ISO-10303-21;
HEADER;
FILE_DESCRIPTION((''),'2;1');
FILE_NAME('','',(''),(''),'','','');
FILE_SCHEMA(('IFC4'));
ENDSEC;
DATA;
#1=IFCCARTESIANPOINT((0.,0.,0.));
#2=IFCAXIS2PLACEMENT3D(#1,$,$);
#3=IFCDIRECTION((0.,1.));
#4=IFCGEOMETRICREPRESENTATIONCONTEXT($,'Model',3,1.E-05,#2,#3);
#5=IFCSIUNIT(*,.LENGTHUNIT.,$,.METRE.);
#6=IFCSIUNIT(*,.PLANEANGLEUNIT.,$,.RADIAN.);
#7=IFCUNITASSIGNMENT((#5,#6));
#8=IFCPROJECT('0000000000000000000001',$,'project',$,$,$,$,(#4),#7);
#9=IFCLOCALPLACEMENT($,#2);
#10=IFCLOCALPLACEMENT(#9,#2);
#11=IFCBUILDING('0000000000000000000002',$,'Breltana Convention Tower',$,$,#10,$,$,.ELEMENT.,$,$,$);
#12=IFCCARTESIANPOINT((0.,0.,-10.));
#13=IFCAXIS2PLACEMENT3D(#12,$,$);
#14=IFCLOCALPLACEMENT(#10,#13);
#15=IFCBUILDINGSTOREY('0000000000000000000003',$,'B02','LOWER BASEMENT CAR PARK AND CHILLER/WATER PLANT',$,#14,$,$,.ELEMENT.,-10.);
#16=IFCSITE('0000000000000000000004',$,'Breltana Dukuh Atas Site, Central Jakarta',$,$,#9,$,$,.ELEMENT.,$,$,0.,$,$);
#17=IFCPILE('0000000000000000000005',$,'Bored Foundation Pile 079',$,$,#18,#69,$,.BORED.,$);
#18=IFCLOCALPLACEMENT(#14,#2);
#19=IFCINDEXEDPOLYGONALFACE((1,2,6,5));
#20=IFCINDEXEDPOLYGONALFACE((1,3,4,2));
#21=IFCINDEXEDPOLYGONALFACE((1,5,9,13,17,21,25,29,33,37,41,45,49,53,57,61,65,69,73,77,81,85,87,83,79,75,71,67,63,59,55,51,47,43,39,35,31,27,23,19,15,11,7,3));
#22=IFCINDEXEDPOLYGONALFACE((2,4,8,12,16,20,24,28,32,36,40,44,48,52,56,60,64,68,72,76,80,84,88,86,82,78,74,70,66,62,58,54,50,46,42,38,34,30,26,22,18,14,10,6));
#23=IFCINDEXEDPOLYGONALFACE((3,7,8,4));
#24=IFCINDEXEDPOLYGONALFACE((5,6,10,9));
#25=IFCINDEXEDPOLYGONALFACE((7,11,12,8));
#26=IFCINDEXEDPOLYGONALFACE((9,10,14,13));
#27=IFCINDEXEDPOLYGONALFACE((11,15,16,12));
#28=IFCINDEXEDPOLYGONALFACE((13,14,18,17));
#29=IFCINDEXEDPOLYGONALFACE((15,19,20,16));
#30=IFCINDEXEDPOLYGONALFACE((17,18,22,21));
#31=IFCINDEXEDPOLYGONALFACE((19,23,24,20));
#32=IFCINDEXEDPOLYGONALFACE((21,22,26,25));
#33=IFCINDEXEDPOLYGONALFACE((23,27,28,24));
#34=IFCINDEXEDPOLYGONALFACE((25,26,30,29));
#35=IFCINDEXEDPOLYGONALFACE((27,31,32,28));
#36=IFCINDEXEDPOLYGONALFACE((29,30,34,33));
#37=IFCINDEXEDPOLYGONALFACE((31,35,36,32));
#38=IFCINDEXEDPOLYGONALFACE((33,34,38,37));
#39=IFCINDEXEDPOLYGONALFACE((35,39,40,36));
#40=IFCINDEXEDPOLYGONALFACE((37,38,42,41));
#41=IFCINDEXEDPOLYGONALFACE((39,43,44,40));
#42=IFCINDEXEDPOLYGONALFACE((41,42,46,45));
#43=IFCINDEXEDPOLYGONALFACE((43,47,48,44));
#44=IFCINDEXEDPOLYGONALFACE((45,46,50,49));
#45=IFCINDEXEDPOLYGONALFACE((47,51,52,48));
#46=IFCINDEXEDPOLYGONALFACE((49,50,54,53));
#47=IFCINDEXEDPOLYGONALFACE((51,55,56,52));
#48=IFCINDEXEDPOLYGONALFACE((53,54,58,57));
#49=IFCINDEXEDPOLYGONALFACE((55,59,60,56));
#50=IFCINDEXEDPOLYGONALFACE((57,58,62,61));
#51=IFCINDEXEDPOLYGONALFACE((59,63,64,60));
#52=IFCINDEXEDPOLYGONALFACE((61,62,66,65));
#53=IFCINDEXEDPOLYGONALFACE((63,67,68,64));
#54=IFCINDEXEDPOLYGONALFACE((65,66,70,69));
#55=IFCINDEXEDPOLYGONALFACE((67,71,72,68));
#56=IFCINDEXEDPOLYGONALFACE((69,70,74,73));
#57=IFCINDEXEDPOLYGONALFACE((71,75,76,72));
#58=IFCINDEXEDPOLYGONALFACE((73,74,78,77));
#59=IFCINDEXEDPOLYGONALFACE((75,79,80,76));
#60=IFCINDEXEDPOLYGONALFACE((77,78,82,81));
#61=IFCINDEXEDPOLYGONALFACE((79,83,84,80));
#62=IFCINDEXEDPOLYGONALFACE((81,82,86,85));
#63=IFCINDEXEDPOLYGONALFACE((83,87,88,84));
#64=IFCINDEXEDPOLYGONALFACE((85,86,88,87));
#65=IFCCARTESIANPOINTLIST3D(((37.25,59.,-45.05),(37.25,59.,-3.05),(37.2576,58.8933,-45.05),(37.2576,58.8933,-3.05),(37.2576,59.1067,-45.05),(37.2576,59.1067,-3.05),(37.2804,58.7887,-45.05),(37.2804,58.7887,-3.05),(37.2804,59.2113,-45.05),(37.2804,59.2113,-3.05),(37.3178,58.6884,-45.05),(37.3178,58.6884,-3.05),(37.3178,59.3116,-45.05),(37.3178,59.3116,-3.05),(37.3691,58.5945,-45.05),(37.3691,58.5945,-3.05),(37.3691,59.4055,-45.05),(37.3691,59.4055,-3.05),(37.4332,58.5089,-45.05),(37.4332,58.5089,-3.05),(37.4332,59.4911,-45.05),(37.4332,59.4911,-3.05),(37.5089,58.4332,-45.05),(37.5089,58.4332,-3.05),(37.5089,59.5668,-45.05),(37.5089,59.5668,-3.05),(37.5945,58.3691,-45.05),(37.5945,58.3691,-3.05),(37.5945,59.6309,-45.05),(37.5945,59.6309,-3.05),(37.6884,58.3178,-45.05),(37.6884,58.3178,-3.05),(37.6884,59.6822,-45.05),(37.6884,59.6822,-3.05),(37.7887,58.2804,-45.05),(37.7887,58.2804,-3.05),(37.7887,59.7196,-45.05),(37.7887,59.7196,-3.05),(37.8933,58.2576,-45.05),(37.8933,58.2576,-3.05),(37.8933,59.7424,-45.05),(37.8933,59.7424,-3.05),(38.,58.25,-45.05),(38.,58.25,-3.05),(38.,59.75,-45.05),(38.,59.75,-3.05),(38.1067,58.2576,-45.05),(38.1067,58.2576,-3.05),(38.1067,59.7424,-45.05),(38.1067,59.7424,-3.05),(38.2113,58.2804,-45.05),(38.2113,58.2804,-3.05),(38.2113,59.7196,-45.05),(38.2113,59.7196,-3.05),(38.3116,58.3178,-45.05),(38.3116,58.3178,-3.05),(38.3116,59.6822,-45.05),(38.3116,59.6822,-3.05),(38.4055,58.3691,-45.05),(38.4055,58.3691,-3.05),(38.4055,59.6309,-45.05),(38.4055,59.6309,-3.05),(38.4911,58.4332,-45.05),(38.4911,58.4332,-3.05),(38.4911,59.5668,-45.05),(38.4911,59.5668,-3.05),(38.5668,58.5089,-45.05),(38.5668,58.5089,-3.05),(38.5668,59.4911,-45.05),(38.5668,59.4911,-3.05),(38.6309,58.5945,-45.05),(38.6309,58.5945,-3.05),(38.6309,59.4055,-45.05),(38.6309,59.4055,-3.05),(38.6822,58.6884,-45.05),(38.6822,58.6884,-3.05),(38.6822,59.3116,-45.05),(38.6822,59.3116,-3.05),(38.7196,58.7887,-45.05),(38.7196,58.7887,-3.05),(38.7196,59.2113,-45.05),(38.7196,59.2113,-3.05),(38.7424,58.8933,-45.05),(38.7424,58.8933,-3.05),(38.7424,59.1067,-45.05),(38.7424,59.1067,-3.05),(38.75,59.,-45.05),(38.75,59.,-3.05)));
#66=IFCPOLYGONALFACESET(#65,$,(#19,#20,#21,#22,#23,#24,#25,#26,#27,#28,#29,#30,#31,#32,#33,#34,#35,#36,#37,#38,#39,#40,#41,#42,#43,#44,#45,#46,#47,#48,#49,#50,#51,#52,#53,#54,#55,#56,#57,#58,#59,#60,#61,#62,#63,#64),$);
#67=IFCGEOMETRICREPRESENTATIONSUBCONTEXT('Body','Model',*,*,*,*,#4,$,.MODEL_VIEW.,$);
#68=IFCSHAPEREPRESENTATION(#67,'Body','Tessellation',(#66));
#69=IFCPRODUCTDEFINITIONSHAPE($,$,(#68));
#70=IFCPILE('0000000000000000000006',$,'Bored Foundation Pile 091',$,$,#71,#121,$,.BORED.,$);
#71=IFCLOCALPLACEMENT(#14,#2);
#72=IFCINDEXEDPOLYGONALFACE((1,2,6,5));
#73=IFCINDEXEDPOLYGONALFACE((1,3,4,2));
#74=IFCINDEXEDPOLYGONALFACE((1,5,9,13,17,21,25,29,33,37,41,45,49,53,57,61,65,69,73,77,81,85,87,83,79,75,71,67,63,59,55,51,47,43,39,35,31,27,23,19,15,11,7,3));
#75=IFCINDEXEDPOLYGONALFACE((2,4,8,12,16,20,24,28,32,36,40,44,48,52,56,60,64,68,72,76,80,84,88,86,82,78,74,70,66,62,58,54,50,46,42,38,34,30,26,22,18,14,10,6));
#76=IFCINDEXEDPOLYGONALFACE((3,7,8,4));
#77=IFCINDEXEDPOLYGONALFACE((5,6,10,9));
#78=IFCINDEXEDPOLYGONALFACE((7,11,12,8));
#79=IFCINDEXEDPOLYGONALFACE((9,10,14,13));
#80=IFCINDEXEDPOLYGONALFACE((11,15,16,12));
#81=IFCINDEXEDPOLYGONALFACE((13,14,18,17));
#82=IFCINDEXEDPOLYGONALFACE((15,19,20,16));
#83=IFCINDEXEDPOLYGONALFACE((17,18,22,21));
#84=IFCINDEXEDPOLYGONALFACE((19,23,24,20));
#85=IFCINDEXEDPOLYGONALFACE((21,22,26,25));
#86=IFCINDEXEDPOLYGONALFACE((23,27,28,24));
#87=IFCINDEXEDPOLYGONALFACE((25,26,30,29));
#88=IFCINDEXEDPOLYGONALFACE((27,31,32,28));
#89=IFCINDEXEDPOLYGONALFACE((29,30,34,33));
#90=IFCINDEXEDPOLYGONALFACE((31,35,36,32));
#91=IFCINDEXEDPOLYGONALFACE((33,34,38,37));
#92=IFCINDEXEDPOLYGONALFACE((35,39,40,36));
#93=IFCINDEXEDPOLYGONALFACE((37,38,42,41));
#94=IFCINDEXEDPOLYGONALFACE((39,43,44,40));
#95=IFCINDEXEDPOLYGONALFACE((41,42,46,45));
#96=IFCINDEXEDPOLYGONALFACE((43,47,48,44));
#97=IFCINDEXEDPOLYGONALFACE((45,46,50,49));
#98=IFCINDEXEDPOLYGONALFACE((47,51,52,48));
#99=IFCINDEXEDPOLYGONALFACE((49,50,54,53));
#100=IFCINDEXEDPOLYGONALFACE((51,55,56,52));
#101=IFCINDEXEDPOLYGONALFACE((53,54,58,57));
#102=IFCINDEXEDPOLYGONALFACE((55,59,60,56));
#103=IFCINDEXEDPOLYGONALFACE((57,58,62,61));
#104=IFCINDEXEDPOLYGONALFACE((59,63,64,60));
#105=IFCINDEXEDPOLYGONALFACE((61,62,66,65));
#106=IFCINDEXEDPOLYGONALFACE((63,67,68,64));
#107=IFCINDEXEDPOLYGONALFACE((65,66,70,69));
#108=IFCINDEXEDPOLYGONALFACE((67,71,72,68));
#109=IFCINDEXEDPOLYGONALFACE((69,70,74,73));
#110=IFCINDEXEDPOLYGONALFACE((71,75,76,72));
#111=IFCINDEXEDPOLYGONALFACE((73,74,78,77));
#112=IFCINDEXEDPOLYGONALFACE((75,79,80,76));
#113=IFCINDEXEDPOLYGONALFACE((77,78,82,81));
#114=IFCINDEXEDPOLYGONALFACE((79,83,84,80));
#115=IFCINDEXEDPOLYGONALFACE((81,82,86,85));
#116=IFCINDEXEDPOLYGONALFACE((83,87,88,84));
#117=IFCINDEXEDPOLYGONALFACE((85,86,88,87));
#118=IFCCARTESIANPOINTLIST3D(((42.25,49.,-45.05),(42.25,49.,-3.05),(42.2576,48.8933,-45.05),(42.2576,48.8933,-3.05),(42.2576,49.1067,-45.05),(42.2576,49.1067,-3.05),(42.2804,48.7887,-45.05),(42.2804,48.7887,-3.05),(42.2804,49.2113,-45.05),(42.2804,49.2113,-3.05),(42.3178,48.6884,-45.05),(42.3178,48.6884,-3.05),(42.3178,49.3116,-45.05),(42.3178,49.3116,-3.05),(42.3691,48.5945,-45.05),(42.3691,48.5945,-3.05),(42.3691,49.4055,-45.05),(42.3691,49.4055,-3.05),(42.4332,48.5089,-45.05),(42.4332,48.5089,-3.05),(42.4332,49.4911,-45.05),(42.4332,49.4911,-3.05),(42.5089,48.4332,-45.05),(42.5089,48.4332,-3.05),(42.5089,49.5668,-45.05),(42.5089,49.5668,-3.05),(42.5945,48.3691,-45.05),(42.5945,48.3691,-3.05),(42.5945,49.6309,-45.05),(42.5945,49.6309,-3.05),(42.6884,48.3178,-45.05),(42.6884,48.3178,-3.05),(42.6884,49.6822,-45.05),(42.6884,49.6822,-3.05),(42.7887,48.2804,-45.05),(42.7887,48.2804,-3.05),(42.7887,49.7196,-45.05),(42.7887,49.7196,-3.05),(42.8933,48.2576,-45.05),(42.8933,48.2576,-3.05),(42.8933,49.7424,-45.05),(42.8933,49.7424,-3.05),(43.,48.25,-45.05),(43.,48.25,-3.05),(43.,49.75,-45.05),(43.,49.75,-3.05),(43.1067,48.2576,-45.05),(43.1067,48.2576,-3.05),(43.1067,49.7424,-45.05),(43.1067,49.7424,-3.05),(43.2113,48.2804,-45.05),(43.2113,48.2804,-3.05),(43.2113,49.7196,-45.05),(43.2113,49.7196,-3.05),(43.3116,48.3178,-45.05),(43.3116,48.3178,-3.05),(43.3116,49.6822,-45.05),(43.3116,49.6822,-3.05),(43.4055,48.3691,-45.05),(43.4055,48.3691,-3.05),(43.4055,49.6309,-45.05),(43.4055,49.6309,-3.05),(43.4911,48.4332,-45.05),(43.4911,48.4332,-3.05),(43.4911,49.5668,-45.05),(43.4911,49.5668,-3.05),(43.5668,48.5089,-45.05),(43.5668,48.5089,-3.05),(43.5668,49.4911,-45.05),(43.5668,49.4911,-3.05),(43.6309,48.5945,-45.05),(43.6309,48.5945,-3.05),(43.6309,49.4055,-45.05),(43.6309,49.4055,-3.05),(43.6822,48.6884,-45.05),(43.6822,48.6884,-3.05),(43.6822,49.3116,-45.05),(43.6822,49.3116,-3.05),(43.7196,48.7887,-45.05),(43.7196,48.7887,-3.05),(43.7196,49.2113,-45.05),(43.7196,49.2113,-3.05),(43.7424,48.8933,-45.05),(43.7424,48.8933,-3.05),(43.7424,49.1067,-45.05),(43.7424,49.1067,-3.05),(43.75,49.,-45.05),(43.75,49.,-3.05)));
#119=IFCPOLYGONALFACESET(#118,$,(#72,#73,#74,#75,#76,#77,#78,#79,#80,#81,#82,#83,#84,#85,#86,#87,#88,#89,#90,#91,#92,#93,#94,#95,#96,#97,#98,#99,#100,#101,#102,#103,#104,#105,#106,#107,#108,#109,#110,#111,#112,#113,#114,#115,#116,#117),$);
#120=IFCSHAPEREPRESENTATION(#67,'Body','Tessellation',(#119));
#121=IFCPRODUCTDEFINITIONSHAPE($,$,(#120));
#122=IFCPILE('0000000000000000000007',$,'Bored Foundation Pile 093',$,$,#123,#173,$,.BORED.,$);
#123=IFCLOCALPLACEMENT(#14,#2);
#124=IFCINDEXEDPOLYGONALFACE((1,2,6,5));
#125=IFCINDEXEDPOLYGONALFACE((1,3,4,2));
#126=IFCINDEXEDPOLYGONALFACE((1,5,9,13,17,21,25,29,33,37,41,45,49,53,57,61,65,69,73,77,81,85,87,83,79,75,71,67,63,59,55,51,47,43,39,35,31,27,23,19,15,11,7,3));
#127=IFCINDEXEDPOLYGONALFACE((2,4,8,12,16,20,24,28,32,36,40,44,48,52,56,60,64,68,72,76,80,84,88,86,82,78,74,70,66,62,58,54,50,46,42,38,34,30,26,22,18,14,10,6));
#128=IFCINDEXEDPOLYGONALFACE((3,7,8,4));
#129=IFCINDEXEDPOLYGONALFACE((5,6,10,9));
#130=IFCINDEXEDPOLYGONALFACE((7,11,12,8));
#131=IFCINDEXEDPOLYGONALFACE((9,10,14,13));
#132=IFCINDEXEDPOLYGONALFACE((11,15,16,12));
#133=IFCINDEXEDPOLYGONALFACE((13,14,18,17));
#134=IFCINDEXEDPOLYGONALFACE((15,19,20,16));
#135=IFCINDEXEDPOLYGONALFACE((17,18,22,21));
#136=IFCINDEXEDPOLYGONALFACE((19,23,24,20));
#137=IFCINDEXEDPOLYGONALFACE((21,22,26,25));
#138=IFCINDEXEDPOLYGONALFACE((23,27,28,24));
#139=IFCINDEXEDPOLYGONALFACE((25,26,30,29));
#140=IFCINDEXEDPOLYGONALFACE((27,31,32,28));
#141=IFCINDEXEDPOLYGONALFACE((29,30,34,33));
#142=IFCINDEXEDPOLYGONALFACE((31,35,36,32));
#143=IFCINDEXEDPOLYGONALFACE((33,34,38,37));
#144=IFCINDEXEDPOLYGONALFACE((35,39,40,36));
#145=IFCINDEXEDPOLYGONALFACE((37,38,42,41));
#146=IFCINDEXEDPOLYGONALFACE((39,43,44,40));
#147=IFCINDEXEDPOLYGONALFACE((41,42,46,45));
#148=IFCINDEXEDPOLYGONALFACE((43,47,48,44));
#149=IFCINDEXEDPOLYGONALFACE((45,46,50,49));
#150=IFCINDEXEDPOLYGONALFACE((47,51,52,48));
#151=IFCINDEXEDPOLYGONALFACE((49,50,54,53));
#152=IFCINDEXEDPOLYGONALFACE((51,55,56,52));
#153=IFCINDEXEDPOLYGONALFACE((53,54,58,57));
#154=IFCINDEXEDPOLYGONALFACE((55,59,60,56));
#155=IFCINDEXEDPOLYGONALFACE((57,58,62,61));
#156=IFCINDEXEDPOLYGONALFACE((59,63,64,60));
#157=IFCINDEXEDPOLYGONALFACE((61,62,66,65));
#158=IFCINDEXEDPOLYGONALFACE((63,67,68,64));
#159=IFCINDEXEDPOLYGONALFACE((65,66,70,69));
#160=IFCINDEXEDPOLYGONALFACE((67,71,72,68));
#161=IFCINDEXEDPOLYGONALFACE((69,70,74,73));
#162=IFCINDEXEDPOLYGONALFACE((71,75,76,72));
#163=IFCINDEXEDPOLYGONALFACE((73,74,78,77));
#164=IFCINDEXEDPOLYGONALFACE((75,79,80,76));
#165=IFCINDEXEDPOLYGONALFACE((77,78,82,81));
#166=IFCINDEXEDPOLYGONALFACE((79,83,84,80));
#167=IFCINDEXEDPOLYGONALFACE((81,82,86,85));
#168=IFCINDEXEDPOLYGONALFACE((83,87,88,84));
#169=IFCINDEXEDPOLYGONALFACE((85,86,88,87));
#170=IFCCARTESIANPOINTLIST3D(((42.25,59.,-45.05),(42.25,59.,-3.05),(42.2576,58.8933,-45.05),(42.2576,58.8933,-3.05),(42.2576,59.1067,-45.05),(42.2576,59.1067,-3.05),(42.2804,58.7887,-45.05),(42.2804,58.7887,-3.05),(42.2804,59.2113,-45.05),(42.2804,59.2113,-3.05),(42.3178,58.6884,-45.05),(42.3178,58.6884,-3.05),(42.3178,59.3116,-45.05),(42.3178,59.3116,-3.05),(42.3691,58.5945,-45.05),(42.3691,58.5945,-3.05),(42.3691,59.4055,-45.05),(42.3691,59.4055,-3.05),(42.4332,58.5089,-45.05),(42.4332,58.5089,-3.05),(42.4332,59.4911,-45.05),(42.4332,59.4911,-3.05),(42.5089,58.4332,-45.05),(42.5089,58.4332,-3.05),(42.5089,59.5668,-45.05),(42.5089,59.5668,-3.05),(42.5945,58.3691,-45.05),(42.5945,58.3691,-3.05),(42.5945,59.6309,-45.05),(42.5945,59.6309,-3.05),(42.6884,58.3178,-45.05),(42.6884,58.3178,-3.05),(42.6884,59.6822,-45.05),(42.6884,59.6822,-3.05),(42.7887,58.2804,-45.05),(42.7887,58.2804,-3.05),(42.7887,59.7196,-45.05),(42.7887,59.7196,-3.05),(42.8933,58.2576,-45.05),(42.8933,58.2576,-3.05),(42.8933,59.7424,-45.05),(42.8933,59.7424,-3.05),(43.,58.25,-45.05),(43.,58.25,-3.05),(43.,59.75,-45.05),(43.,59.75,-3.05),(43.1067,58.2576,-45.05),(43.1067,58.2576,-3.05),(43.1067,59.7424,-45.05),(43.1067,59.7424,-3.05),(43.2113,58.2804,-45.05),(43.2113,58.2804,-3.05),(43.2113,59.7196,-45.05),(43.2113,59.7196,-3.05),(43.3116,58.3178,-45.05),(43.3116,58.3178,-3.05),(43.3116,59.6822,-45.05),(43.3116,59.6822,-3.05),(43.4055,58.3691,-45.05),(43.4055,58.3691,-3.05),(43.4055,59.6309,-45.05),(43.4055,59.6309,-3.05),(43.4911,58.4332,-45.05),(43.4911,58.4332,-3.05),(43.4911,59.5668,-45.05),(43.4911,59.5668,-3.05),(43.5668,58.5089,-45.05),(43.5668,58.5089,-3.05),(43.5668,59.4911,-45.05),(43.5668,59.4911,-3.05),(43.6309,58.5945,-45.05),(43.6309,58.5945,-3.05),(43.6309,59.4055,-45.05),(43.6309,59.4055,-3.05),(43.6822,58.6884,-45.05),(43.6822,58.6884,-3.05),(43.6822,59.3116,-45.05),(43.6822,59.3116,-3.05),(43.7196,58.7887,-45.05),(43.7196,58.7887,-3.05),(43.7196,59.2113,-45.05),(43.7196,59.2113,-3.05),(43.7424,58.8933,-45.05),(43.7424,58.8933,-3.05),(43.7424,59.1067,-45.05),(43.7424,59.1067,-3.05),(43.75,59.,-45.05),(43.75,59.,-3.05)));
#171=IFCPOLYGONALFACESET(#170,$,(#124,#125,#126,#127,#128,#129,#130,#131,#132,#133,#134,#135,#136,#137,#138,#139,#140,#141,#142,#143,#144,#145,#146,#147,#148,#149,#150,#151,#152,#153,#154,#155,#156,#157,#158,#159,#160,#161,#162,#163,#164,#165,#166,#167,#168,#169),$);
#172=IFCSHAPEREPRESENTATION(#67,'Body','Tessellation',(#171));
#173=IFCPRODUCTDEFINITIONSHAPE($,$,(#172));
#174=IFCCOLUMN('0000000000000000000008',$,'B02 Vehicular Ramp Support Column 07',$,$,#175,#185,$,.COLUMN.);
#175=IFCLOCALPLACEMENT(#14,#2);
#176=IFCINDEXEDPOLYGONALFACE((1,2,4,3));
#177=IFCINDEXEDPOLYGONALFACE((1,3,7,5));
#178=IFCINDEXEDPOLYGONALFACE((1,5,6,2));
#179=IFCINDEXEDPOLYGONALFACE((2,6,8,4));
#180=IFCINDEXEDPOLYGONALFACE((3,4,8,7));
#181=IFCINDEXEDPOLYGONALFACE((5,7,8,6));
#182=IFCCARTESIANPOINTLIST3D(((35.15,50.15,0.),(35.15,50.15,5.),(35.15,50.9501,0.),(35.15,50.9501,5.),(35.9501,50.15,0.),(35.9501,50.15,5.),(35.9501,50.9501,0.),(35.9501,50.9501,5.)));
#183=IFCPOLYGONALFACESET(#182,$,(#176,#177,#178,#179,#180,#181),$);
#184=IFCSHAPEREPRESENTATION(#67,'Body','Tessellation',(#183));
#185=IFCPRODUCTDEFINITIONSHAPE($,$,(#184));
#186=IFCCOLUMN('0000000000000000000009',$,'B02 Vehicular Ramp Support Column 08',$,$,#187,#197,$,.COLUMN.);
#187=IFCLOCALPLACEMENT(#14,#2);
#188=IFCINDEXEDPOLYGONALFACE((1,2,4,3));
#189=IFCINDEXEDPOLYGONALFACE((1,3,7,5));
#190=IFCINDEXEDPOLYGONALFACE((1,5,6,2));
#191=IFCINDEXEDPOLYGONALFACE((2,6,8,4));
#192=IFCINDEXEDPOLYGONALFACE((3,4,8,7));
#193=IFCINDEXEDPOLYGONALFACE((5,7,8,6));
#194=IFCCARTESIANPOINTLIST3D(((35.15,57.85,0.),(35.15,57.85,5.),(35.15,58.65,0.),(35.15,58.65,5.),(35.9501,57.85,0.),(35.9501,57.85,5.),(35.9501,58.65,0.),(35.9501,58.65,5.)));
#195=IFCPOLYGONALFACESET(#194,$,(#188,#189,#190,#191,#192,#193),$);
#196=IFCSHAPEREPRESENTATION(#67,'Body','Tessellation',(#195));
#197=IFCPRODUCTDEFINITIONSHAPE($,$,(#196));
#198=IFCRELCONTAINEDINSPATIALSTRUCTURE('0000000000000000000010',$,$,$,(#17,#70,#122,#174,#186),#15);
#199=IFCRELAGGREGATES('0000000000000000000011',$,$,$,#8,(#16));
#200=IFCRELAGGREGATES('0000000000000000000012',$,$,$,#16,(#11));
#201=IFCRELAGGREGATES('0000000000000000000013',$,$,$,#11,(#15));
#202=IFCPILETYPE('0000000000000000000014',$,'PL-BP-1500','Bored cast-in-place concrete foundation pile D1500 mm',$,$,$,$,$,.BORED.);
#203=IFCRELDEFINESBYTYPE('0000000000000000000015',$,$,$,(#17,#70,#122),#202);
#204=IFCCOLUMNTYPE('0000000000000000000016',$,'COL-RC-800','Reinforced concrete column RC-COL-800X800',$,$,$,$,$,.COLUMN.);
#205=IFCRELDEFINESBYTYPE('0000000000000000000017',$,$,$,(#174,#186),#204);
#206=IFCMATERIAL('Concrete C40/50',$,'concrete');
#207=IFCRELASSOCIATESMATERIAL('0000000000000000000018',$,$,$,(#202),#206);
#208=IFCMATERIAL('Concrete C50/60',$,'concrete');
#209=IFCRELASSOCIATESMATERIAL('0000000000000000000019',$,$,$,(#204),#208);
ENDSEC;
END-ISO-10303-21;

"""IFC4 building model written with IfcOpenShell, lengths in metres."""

from ifc_helpers import new_model, si_unit, direction, frame, origin, origin_2d, place, context, subcontext, project, spatial, rectangle, circle, extrude, source, transform, mapped, material, material_profile, profile_set, type_object, type_shapes, element, save


model = new_model("IFC4")

# Units and contexts
model_context = context("Model", 3, precision=1e-05, world=origin(), true_north=direction((0.0, 1.0)))
body_context = subcontext(model_context, "Body", "Model", "MODEL_VIEW")
ifc_project = project(units=[si_unit("LENGTHUNIT", "METRE"), si_unit("PLANEANGLEUNIT", "RADIAN")], contexts=[model_context])

# Site, building, storey
site_placement = place(None, origin())
site = spatial("IfcSite", under=ifc_project, at=site_placement, Name="Breltana Dukuh Atas Site, Central Jakarta", CompositionType="ELEMENT", RefElevation=0.0)
building_placement = place(site_placement, origin())
building = spatial("IfcBuilding", under=site, at=building_placement, Name="Breltana Convention Tower", CompositionType="ELEMENT")
storey_placement = place(building_placement, frame((0.0, 0.0, -10.0)))
storey = spatial("IfcBuildingStorey", under=building, at=storey_placement, Name="B02", Description="LOWER BASEMENT CAR PARK AND CHILLER/WATER PLANT", CompositionType="ELEMENT", Elevation=-10.0)

# Piles
ifc_material_1 = material(Name="Concrete C40/50", Category="concrete")
ifc_material_profile_1 = material_profile(ifc_material_1, circle(Radius=0.75, at=origin_2d()), Name="BP-D1500")
ifc_profile_set_1 = profile_set([ifc_material_profile_1], Name="Concrete C40/50")
pile_type_1 = type_object("IfcPileType", Name="PL-BP-1500", Description="Bored cast-in-place concrete foundation pile D1500 mm", PredefinedType="BORED", material=ifc_profile_set_1)
shared_shape_1 = source(origin(), body_context, "Body", "SweptSolid", [
    extrude(circle(Radius=0.75, at=origin_2d()), origin(), (0.0, 0.0, 1.0), 42.0),
])
type_shapes(pile_type_1, [shared_shape_1])
for number, where, z_axis, x_axis, name in (
    (1, (38.0, 59.0, -3.05), (0.0, 0.0, -1.0), (1.0, 0.0, 0.0), "Bored Foundation Pile 079"),
    (2, (43.0, 49.0, -3.05), (0.0, 0.0, -1.0), (1.0, 0.0, 0.0), "Bored Foundation Pile 091"),
    (3, (43.0, 59.0, -3.05), (0.0, 0.0, -1.0), (1.0, 0.0, 0.0), "Bored Foundation Pile 093"),
):
    element("IfcPile", number, at=place(storey_placement, frame(where, z_axis=z_axis, x_axis=x_axis)), inside=storey, type_object=pile_type_1, Name=name, PredefinedType="BORED", context=body_context, shape_type="MappedRepresentation", body=[
        mapped(shared_shape_1, transform((0.0, 0.0, 0.0), scale=1.0)),
    ])

# Columns
ifc_material_2 = material(Name="Concrete C50/60", Category="concrete")
ifc_material_profile_2 = material_profile(ifc_material_2, rectangle(XDim=0.8, YDim=0.8, at=origin_2d()), Name="RC-COL-800X800")
ifc_profile_set_2 = profile_set([ifc_material_profile_2], Name="Concrete C50/60")
column_type_1 = type_object("IfcColumnType", Name="COL-RC-800", Description="Reinforced concrete column RC-COL-800X800", PredefinedType="COLUMN", material=ifc_profile_set_2)
shared_shape_2 = source(origin(), body_context, "Body", "SweptSolid", [
    extrude(rectangle(XDim=0.8, YDim=0.8, at=origin_2d()), origin(), (0.0, 0.0, 1.0), 5.0),
])
type_shapes(column_type_1, [shared_shape_2])
for number, where, z_axis, x_axis, name in (
    (4, (35.55, 50.55, 0.0), (0.0, 0.0, 1.0), (1.0, 0.0, 0.0), "B02 Vehicular Ramp Support Column 07"),
    (5, (35.55, 58.25, 0.0), (0.0, 0.0, 1.0), (1.0, 0.0, 0.0), "B02 Vehicular Ramp Support Column 08"),
):
    element("IfcColumn", number, at=place(storey_placement, frame(where, z_axis=z_axis, x_axis=x_axis)), inside=storey, type_object=column_type_1, Name=name, PredefinedType="COLUMN", context=body_context, shape_type="MappedRepresentation", body=[
        mapped(shared_shape_2, transform((0.0, 0.0, 0.0), scale=1.0)),
    ])

save(model, "model.ifc")
